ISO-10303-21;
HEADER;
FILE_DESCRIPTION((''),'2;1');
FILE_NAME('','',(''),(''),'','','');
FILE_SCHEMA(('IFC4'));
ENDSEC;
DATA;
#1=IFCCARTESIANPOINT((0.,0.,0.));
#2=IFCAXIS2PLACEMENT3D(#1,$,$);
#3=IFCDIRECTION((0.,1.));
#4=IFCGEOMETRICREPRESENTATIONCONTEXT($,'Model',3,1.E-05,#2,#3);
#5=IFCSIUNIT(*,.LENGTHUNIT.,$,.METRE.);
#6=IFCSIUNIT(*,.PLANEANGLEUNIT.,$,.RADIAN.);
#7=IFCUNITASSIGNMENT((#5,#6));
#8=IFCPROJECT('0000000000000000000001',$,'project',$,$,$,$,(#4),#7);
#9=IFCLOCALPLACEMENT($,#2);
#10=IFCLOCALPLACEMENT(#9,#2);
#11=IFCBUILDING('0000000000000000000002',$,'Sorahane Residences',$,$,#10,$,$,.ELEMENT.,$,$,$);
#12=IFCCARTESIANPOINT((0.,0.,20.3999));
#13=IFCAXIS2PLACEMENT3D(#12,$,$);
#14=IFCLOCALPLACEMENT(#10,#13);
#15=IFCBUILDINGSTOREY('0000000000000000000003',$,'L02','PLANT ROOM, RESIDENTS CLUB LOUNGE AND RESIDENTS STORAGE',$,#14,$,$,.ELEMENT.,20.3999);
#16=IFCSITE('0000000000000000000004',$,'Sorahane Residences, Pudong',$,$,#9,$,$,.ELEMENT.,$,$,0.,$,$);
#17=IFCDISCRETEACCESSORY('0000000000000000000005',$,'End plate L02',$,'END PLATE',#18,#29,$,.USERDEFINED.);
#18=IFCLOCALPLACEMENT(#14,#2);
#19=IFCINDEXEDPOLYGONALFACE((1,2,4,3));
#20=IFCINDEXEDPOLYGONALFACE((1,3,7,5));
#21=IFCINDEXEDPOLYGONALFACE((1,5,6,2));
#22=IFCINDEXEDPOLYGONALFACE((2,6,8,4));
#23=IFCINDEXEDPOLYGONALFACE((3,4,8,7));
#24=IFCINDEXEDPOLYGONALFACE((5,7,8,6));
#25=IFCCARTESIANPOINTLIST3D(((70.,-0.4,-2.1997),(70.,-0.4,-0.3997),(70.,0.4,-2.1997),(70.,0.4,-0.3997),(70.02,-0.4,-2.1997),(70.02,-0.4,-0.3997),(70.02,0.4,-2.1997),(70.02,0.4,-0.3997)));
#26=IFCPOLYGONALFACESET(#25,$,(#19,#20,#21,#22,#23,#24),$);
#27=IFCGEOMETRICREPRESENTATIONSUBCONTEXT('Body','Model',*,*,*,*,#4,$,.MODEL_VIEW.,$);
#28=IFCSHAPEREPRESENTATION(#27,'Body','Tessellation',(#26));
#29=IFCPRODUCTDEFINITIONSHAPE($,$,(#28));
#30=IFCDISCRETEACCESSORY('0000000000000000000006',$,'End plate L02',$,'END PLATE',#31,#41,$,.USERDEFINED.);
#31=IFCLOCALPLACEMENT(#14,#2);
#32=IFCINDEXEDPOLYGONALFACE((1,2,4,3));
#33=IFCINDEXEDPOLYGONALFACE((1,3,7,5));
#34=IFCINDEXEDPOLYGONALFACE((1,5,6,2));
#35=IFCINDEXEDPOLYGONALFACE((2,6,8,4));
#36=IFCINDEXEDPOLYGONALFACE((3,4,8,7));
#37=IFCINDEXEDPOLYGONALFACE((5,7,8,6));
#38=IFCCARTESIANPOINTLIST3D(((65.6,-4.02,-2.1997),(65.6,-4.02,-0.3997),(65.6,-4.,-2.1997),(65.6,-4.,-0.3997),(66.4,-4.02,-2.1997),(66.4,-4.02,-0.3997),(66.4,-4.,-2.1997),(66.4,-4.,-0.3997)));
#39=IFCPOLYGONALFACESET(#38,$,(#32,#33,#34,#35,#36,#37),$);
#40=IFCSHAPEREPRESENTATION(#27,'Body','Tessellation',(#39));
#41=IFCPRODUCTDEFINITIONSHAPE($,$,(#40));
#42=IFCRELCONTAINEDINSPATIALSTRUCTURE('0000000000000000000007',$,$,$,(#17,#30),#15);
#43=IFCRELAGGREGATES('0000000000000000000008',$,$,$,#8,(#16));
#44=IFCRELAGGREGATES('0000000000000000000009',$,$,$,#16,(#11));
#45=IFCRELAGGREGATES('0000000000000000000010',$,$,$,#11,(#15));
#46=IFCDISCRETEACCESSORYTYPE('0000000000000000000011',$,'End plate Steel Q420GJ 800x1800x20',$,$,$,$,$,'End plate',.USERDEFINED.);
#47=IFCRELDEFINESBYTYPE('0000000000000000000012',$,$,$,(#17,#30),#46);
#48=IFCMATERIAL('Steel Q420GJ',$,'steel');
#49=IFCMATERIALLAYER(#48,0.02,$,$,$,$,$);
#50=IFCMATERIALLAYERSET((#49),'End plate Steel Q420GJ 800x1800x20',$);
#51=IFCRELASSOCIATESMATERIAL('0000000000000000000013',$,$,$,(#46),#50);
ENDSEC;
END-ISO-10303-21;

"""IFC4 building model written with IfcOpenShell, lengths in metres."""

from ifc_helpers import new_model, si_unit, direction, frame, origin, origin_2d, place, context, subcontext, project, spatial, rectangle, extrude, material, layer, layer_set, type_object, element, save


model = new_model("IFC4")

# Units and contexts
model_context = context("Model", 3, precision=1e-05, world=origin(), true_north=direction((0.0, 1.0)))
body_context = subcontext(model_context, "Body", "Model", "MODEL_VIEW")
ifc_project = project(units=[si_unit("LENGTHUNIT", "METRE"), si_unit("PLANEANGLEUNIT", "RADIAN")], contexts=[model_context])

# Site, building, storey
site_placement = place(None, origin())
site = spatial("IfcSite", under=ifc_project, at=site_placement, Name="Sorahane Residences, Pudong", CompositionType="ELEMENT", RefElevation=0.0)
building_placement = place(site_placement, origin())
building = spatial("IfcBuilding", under=site, at=building_placement, Name="Sorahane Residences", CompositionType="ELEMENT")
storey_placement = place(building_placement, frame((0.0, 0.0, 20.3999)))
storey = spatial("IfcBuildingStorey", under=building, at=storey_placement, Name="L02", Description="PLANT ROOM, RESIDENTS CLUB LOUNGE AND RESIDENTS STORAGE", CompositionType="ELEMENT", Elevation=20.3999)

# Discrete accessories
ifc_material_1 = material(Name="Steel Q420GJ", Category="steel")
ifc_layer_1 = layer(ifc_material_1, 0.02)
ifc_layer_set_1 = layer_set([ifc_layer_1], Name="End plate Steel Q420GJ 800x1800x20")
discrete_accessory_type_1 = type_object("IfcDiscreteAccessoryType", Name="End plate Steel Q420GJ 800x1800x20", ElementType="End plate", PredefinedType="USERDEFINED", material=ifc_layer_set_1)
for number, where, z_axis, x_axis, name in (
    (1, (70.01, 0.0, -2.1997), (0.0, 0.0, 1.0), (1.0, 0.0, 0.0), "End plate L02"),
    (2, (66.0, -4.01, -2.1997), (0.0, 0.0, 1.0), (0.0, 1.0, 0.0), "End plate L02"),
):
    element("IfcDiscreteAccessory", number, at=place(storey_placement, frame(where, z_axis=z_axis, x_axis=x_axis)), inside=storey, type_object=discrete_accessory_type_1, Name=name, ObjectType="END PLATE", PredefinedType="USERDEFINED", context=body_context, shape_type="SweptSolid", body=[
        extrude(rectangle(XDim=0.02, YDim=0.8, at=origin_2d()), origin(), (0.0, 0.0, 1.0), 1.8),
    ])

save(model, "model.ifc")
